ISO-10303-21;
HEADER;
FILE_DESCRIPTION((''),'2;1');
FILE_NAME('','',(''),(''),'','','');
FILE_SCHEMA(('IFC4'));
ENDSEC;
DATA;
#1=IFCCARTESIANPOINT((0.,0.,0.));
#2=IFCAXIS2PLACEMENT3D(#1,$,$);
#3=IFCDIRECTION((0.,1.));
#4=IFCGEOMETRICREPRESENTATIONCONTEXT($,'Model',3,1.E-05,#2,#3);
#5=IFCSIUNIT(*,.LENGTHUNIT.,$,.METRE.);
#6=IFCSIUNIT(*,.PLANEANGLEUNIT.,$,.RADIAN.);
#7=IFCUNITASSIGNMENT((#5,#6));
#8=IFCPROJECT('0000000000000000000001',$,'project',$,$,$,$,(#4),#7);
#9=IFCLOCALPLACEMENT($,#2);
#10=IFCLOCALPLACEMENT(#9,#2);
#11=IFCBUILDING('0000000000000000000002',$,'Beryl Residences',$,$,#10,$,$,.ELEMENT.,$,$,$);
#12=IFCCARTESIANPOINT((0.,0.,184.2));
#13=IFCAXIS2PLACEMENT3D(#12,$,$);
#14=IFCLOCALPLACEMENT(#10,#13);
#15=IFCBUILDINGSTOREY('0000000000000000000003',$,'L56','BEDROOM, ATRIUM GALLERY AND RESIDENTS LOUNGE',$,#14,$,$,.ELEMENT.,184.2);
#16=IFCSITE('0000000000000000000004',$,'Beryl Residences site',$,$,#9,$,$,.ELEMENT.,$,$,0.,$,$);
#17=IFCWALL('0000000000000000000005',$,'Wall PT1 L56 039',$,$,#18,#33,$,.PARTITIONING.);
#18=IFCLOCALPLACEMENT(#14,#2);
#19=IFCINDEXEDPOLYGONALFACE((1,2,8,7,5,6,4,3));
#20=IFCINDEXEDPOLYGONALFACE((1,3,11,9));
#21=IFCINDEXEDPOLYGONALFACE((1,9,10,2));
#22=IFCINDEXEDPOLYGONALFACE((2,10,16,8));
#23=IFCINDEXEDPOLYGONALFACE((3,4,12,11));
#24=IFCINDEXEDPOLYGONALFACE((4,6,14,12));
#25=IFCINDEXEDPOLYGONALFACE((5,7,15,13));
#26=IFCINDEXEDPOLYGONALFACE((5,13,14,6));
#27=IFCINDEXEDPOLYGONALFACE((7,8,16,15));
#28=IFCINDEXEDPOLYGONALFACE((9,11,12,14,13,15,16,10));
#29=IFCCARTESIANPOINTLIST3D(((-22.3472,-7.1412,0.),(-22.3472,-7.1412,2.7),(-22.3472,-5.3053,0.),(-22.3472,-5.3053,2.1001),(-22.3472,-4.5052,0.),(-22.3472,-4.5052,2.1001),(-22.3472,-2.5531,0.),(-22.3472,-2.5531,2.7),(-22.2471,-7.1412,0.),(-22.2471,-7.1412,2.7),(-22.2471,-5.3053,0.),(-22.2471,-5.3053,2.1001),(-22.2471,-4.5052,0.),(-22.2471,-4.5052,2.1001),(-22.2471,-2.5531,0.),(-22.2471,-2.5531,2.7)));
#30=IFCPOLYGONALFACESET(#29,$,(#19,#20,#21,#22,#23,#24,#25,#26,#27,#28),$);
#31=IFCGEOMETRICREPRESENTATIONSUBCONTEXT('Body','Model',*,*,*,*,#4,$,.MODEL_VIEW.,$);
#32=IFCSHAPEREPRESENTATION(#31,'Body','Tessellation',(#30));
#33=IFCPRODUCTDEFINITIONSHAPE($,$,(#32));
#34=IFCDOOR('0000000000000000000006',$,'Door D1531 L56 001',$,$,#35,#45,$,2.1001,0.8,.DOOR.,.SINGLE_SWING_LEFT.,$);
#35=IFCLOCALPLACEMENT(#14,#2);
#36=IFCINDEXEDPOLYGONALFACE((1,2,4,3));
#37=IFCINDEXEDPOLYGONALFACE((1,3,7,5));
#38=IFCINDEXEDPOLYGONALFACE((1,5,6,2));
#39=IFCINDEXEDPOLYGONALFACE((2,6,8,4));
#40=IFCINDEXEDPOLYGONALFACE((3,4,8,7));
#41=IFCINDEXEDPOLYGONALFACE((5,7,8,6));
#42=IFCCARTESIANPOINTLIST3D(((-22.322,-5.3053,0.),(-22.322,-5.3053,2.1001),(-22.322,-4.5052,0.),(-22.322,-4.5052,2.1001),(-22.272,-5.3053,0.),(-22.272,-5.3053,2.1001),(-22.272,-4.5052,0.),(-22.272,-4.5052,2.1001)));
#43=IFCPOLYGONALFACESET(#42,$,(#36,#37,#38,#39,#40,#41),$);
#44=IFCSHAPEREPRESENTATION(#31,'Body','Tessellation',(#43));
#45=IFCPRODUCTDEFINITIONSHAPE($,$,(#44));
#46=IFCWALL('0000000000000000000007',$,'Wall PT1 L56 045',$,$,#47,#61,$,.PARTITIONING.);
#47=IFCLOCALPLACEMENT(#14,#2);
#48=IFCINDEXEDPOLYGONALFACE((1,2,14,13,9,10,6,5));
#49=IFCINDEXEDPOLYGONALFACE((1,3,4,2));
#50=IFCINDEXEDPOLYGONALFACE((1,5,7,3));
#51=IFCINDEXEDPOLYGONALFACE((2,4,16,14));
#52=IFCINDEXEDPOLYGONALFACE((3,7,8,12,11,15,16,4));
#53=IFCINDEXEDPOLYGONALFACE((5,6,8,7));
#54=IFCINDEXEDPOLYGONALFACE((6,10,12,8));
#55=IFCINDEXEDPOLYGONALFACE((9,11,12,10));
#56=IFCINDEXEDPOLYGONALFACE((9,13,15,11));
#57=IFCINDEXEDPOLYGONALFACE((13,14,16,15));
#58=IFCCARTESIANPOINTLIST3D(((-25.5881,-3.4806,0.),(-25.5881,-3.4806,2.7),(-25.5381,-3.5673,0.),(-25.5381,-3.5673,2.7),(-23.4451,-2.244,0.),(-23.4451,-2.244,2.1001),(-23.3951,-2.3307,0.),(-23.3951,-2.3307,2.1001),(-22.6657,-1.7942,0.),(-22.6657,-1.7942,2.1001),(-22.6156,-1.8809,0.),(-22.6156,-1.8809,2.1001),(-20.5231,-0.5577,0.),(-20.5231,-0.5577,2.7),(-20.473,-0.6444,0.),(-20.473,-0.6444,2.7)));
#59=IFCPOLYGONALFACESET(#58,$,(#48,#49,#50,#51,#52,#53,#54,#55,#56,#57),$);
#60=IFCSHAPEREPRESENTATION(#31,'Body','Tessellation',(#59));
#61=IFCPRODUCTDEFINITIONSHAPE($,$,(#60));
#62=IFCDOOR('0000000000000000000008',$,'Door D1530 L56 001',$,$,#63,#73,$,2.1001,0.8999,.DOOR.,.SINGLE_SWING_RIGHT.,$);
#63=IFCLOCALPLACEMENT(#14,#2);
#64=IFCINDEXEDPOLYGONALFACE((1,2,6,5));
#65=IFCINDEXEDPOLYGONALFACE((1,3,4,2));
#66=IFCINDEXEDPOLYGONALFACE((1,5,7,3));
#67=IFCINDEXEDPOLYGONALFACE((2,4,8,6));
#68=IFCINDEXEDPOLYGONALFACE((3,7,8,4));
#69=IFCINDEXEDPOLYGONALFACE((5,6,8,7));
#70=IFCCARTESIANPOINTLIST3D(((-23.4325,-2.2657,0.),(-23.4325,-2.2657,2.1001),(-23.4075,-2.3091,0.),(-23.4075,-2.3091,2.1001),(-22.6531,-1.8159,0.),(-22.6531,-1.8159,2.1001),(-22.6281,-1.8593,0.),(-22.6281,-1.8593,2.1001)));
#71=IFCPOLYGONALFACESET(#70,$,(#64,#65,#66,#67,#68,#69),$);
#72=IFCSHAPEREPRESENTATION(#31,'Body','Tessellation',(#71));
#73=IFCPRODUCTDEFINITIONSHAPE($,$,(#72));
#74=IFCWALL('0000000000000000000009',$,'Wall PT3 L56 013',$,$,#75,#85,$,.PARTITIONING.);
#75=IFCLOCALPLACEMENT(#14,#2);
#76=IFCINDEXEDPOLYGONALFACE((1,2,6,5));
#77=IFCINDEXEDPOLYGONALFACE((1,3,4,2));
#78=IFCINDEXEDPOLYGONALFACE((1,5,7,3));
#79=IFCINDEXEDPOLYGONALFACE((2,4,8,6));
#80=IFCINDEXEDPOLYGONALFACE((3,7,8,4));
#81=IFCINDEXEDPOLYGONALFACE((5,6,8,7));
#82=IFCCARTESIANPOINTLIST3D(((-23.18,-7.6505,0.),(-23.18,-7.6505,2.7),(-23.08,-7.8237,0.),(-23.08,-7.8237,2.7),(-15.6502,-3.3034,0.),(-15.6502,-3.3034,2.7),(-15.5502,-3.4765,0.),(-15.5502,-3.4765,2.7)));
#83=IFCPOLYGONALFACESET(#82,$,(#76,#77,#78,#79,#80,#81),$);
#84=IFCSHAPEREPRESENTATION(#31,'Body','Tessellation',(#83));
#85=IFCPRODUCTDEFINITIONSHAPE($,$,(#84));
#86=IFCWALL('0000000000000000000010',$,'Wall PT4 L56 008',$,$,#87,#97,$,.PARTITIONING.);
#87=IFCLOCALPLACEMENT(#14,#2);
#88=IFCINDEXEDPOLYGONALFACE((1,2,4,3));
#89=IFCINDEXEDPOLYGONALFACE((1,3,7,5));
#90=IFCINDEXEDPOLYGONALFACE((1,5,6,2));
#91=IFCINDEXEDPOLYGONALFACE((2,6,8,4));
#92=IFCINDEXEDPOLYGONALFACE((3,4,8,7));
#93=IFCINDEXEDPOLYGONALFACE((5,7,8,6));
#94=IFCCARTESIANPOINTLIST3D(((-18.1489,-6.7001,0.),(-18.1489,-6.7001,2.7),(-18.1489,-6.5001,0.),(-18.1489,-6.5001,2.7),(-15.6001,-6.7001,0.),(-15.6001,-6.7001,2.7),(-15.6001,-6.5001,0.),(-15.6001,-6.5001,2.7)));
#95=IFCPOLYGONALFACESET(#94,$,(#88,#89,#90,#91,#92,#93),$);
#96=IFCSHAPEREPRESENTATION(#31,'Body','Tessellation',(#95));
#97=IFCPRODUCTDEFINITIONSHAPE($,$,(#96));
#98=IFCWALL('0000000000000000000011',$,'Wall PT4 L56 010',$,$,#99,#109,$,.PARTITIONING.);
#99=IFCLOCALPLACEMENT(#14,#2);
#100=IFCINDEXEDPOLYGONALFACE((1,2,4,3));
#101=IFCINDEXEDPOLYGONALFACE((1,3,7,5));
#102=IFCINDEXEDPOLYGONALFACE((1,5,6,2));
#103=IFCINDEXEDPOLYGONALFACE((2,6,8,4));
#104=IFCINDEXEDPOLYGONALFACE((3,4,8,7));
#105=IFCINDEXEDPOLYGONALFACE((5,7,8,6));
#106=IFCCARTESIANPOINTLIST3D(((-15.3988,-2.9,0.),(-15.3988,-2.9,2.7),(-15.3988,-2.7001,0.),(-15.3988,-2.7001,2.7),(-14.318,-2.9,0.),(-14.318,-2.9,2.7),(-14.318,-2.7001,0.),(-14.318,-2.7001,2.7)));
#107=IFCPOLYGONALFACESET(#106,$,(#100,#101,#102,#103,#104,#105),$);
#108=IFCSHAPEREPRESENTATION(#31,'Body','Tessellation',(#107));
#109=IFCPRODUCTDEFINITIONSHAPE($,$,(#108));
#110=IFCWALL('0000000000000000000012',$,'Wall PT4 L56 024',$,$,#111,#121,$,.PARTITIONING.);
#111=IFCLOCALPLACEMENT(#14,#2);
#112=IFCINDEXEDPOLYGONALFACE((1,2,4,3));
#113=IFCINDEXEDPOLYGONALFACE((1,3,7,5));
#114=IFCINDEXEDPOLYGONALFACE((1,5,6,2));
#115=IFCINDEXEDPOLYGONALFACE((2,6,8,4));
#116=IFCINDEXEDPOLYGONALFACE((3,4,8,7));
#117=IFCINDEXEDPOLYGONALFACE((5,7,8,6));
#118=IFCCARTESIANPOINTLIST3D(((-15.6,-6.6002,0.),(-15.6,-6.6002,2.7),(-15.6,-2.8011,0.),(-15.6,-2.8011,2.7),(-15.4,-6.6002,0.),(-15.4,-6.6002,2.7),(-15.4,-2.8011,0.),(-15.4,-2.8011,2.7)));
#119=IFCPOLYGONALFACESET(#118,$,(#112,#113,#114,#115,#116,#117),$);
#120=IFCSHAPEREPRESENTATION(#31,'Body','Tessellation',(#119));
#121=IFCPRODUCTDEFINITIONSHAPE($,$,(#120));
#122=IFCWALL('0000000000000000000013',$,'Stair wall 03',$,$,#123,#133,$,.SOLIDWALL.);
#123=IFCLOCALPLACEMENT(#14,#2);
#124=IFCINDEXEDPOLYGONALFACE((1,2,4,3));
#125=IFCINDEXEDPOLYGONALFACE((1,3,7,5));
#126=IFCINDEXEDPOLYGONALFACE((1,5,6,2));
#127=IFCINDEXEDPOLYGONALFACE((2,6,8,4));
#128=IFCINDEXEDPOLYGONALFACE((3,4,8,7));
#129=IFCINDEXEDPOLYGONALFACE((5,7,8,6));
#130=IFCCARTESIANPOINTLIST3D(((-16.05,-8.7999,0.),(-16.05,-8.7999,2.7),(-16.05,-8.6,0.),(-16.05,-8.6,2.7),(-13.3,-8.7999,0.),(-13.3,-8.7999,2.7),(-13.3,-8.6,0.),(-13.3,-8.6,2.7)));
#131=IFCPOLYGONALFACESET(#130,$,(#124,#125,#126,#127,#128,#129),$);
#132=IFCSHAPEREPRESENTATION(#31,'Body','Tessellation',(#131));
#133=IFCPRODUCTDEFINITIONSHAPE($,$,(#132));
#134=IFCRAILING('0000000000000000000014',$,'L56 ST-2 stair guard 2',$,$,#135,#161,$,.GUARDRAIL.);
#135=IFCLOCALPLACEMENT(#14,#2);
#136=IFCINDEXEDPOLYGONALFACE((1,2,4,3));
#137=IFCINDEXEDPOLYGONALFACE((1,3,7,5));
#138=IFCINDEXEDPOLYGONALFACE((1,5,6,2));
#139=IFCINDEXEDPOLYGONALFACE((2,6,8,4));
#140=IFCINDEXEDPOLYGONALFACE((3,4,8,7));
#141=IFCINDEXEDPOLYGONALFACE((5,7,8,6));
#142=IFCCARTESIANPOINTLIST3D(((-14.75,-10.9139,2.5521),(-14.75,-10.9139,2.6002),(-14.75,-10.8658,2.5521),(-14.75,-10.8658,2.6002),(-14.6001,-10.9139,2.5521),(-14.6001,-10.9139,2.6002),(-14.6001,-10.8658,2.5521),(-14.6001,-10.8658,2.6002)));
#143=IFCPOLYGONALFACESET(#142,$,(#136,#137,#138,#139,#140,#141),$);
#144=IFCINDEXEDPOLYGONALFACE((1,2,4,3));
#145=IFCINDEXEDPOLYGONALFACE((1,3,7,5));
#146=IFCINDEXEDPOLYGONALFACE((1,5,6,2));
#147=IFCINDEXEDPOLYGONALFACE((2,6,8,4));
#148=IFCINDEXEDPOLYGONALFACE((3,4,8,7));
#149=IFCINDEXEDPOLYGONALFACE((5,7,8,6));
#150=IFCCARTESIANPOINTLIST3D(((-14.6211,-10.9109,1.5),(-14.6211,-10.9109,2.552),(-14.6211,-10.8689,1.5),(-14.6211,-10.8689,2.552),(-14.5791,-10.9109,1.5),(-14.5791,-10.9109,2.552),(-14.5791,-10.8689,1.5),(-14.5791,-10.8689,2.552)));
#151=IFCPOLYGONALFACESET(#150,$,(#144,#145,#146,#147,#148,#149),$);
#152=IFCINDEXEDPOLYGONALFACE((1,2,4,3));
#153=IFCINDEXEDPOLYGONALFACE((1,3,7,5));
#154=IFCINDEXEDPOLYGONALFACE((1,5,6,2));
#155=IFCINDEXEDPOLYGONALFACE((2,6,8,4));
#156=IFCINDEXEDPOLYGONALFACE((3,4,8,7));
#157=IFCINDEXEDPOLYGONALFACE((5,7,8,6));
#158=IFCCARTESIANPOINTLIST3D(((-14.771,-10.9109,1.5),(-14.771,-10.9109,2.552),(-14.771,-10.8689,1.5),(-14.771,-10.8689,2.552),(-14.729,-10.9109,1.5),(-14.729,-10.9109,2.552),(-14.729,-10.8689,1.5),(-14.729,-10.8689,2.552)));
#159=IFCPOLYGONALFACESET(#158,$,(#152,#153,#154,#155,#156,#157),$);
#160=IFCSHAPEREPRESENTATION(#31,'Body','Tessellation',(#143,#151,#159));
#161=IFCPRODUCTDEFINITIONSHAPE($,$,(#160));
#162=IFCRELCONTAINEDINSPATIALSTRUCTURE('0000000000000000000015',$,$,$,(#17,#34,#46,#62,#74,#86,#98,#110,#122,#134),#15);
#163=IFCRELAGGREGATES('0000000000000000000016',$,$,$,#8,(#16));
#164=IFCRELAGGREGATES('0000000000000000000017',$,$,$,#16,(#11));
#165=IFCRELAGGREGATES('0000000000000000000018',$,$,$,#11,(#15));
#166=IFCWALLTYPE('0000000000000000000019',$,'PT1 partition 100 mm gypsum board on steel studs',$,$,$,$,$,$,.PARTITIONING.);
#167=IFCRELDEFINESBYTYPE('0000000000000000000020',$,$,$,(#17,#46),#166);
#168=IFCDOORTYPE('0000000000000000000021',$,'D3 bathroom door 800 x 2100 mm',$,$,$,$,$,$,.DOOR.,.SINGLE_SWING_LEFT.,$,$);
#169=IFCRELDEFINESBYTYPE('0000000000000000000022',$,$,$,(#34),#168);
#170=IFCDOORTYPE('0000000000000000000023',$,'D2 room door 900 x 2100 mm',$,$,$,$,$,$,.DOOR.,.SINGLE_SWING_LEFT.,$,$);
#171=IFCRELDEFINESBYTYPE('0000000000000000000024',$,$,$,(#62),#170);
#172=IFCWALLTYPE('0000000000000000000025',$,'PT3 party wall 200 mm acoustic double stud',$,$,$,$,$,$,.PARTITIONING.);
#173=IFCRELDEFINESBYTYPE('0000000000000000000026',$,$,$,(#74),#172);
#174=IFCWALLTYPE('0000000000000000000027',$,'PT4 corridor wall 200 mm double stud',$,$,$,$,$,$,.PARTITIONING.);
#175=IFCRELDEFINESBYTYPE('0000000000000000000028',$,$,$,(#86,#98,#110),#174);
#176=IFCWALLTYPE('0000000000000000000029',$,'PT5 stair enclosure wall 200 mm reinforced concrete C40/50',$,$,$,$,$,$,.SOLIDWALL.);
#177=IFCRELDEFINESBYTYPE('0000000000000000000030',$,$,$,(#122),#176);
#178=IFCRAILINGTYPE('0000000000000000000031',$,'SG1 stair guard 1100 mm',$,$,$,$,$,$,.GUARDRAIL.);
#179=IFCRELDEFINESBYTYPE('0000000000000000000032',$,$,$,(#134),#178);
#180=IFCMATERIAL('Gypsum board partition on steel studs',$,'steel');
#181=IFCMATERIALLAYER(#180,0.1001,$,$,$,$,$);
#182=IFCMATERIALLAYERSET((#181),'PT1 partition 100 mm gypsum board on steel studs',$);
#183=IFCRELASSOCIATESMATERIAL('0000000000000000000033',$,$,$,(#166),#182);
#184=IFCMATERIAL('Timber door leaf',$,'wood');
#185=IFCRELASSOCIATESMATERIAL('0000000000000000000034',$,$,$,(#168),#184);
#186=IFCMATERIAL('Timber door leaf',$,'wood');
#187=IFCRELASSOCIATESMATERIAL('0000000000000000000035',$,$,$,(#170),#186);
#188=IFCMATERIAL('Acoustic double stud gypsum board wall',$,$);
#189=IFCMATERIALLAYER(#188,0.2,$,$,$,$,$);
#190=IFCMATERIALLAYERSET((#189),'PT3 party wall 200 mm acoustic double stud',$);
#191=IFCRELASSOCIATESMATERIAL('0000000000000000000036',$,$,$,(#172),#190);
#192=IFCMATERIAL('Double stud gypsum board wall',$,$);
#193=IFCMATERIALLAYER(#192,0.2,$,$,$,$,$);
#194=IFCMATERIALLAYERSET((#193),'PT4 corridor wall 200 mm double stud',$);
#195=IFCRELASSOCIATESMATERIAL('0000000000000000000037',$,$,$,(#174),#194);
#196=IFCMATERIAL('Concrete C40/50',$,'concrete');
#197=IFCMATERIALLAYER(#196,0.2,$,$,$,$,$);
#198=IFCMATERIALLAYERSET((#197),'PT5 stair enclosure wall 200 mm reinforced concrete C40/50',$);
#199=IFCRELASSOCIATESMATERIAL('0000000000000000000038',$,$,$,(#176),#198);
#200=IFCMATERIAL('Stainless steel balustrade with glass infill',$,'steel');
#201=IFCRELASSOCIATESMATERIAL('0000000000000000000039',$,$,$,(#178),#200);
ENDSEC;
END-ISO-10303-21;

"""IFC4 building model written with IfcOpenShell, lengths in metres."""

from ifc_helpers import new_model, si_unit, direction, frame, frame_2d, origin, origin_2d, place, context, subcontext, project, spatial, rectangle, extrude, material, layer, layer_set, type_object, element, fill, save


model = new_model("IFC4")

# Units and contexts
model_context = context("Model", 3, precision=1e-05, world=origin(), true_north=direction((0.0, 1.0)))
body_context = subcontext(model_context, "Body", "Model", "MODEL_VIEW")
ifc_project = project(units=[si_unit("LENGTHUNIT", "METRE"), si_unit("PLANEANGLEUNIT", "RADIAN")], contexts=[model_context])

# Site, building, storey
site_placement = place(None, origin())
site = spatial("IfcSite", under=ifc_project, at=site_placement, Name="Beryl Residences site", CompositionType="ELEMENT", RefElevation=0.0)
building_placement = place(site_placement, origin())
building = spatial("IfcBuilding", under=site, at=building_placement, Name="Beryl Residences", CompositionType="ELEMENT")
storey_placement = place(building_placement, frame((0.0, 0.0, 184.2)))
storey = spatial("IfcBuildingStorey", under=building, at=storey_placement, Name="L56", Description="BEDROOM, ATRIUM GALLERY AND RESIDENTS LOUNGE", CompositionType="ELEMENT", Elevation=184.2)

# Walls, openings, doors
ifc_material_1 = material(Name="Gypsum board partition on steel studs", Category="steel")
ifc_layer_1 = layer(ifc_material_1, 0.1001)
ifc_layer_set_1 = layer_set([ifc_layer_1], Name="PT1 partition 100 mm gypsum board on steel studs")
wall_type_1 = type_object("IfcWallType", Name="PT1 partition 100 mm gypsum board on steel studs", PredefinedType="PARTITIONING", material=ifc_layer_set_1)
wall_1_placement = place(storey_placement, frame((-22.2971, -7.1411, 0.0), z_axis=(0.0, 0.0, 1.0), x_axis=(0.0, 1.0, 0.0)))
wall_1 = element("IfcWall", 1, at=wall_1_placement, inside=storey, type_object=wall_type_1, Name="Wall PT1 L56 039", PredefinedType="PARTITIONING", context=body_context, shape_type="SweptSolid", body=[
    extrude(rectangle(XDim=4.5881, YDim=0.1001, at=frame_2d((2.2939, 0.0))), origin(), (0.0, 0.0, 1.0), 2.7),
])
opening_1_placement = place(wall_1_placement, frame((1.8359, 0.0, 0.0)))
opening_1 = element("IfcOpeningElement", 2, at=opening_1_placement, cuts=wall_1, PredefinedType="OPENING", context=body_context, shape_type="SweptSolid", body=[
    extrude(rectangle(XDim=0.8, YDim=2.1001, at=frame_2d((0.3999, 1.05))), frame((0.0, 0.0601, 0.0), z_axis=(0.0, -1.0, 0.0), x_axis=(1.0, 0.0, 0.0)), (0.0, 0.0, 1.0), 0.1201),
])
ifc_material_2 = material(Name="Timber door leaf", Category="wood")
door_type_1 = type_object("IfcDoorType", Name="D3 bathroom door 800 x 2100 mm", OperationType="SINGLE_SWING_LEFT", PredefinedType="DOOR", material=ifc_material_2)
door_1_placement = place(opening_1_placement, origin())
door_1 = element("IfcDoor", 3, at=door_1_placement, inside=storey, type_object=door_type_1, Name="Door D1531 L56 001", OperationType="SINGLE_SWING_LEFT", OverallHeight=2.1001, OverallWidth=0.8, PredefinedType="DOOR", context=body_context, shape_type="SweptSolid", body=[
    extrude(rectangle(XDim=0.8, YDim=2.1001, at=frame_2d((0.3999, 1.05))), frame((0.0, 0.0249, 0.0), z_axis=(0.0, -1.0, 0.0), x_axis=(1.0, 0.0, 0.0)), (0.0, 0.0, 1.0), 0.05),
])
fill(opening_1, door_1)
wall_2_placement = place(storey_placement, frame((-25.563, -3.5239, 0.0), z_axis=(0.0, 0.0, 1.0), x_axis=(0.866129, 0.499821, 0.0)))
wall_2 = element("IfcWall", 4, at=wall_2_placement, inside=storey, type_object=wall_type_1, Name="Wall PT1 L56 045", PredefinedType="PARTITIONING", context=body_context, shape_type="SweptSolid", body=[
    extrude(rectangle(XDim=5.8479, YDim=0.1001, at=frame_2d((2.9238, 0.0))), origin(), (0.0, 0.0, 1.0), 2.7),
])
opening_2_placement = place(wall_2_placement, frame((2.4741, 0.0, 0.0)))
opening_2 = element("IfcOpeningElement", 5, at=opening_2_placement, cuts=wall_2, PredefinedType="OPENING", context=body_context, shape_type="SweptSolid", body=[
    extrude(rectangle(XDim=0.8999, YDim=2.1001, at=frame_2d((0.45, 1.05))), frame((0.0, 0.0601, 0.0), z_axis=(0.0, -1.0, 0.0), x_axis=(1.0, 0.0, 0.0)), (0.0, 0.0, 1.0), 0.1201),
])
ifc_material_3 = material(Name="Timber door leaf", Category="wood")
door_type_2 = type_object("IfcDoorType", Name="D2 room door 900 x 2100 mm", OperationType="SINGLE_SWING_LEFT", PredefinedType="DOOR", material=ifc_material_3)
door_2_placement = place(opening_2_placement, origin())
door_2 = element("IfcDoor", 6, at=door_2_placement, inside=storey, type_object=door_type_2, Name="Door D1530 L56 001", OperationType="SINGLE_SWING_RIGHT", OverallHeight=2.1001, OverallWidth=0.8999, PredefinedType="DOOR", context=body_context, shape_type="SweptSolid", body=[
    extrude(rectangle(XDim=0.8999, YDim=2.1001, at=frame_2d((0.45, 1.05))), frame((0.0, 0.0249, 0.0), z_axis=(0.0, -1.0, 0.0), x_axis=(1.0, 0.0, 0.0)), (0.0, 0.0, 1.0), 0.05),
])
fill(opening_2, door_2)

# Walls
ifc_material_4 = material(Name="Acoustic double stud gypsum board wall")
ifc_layer_2 = layer(ifc_material_4, 0.2)
ifc_layer_set_2 = layer_set([ifc_layer_2], Name="PT3 party wall 200 mm acoustic double stud")
wall_type_2 = type_object("IfcWallType", Name="PT3 party wall 200 mm acoustic double stud", PredefinedType="PARTITIONING", material=ifc_layer_set_2)
wall_3_placement = place(storey_placement, frame((-23.1299, -7.7371, 0.0), z_axis=(0.0, 0.0, 1.0), x_axis=(0.866033, 0.499987, 0.0)))
element("IfcWall", 7, at=wall_3_placement, inside=storey, type_object=wall_type_2, Name="Wall PT3 L56 013", PredefinedType="PARTITIONING", context=body_context, shape_type="SweptSolid", body=[
    extrude(rectangle(XDim=8.6946, YDim=0.2, at=frame_2d((4.3472, 0.0))), origin(), (0.0, 0.0, 1.0), 2.7),
])
ifc_material_5 = material(Name="Double stud gypsum board wall")
ifc_layer_3 = layer(ifc_material_5, 0.2)
ifc_layer_set_3 = layer_set([ifc_layer_3], Name="PT4 corridor wall 200 mm double stud")
wall_type_3 = type_object("IfcWallType", Name="PT4 corridor wall 200 mm double stud", PredefinedType="PARTITIONING", material=ifc_layer_set_3)
wall_4_placement = place(storey_placement, frame((-18.1489, -6.6001, 0.0), z_axis=(0.0, 0.0, 1.0), x_axis=(1.0, 0.0, 0.0)))
element("IfcWall", 8, at=wall_4_placement, inside=storey, type_object=wall_type_3, Name="Wall PT4 L56 008", PredefinedType="PARTITIONING", context=body_context, shape_type="SweptSolid", body=[
    extrude(rectangle(XDim=2.5488, YDim=0.2, at=frame_2d((1.2744, 0.0))), origin(), (0.0, 0.0, 1.0), 2.7),
])
wall_5_placement = place(storey_placement, frame((-15.3989, -2.8, 0.0), z_axis=(0.0, 0.0, 1.0), x_axis=(1.0, 0.0, 0.0)))
element("IfcWall", 9, at=wall_5_placement, inside=storey, type_object=wall_type_3, Name="Wall PT4 L56 010", PredefinedType="PARTITIONING", context=body_context, shape_type="SweptSolid", body=[
    extrude(rectangle(XDim=1.0808, YDim=0.2, at=frame_2d((0.5405, 0.0))), origin(), (0.0, 0.0, 1.0), 2.7),
])
wall_6_placement = place(storey_placement, frame((-15.5, -6.6001, 0.0), z_axis=(0.0, 0.0, 1.0), x_axis=(0.0, 1.0, 0.0)))
element("IfcWall", 10, at=wall_6_placement, inside=storey, type_object=wall_type_3, Name="Wall PT4 L56 024", PredefinedType="PARTITIONING", context=body_context, shape_type="SweptSolid", body=[
    extrude(rectangle(XDim=3.7991, YDim=0.2, at=frame_2d((1.8994, 0.0))), origin(), (0.0, 0.0, 1.0), 2.7),
])
ifc_material_6 = material(Name="Concrete C40/50", Category="concrete")
ifc_layer_4 = layer(ifc_material_6, 0.2)
ifc_layer_set_4 = layer_set([ifc_layer_4], Name="PT5 stair enclosure wall 200 mm reinforced concrete C40/50")
wall_type_4 = type_object("IfcWallType", Name="PT5 stair enclosure wall 200 mm reinforced concrete C40/50", PredefinedType="SOLIDWALL", material=ifc_layer_set_4)
wall_7_placement = place(storey_placement, frame((-16.05, -8.7, 0.0), z_axis=(0.0, 0.0, 1.0), x_axis=(1.0, 0.0, 0.0)))
element("IfcWall", 11, at=wall_7_placement, inside=storey, type_object=wall_type_4, Name="Stair wall 03", PredefinedType="SOLIDWALL", context=body_context, shape_type="SweptSolid", body=[
    extrude(rectangle(XDim=2.75, YDim=0.2, at=frame_2d((1.375, 0.0))), origin(), (0.0, 0.0, 1.0), 2.7),
])

# Railing
ifc_material_7 = material(Name="Stainless steel balustrade with glass infill", Category="steel")
railing_type_1 = type_object("IfcRailingType", Name="SG1 stair guard 1100 mm", PredefinedType="GUARDRAIL", material=ifc_material_7)
railing_1_placement = place(storey_placement, frame((-14.6001, -10.8899, 1.5)))
element("IfcRailing", 12, at=railing_1_placement, inside=storey, type_object=railing_type_1, Name="L56 ST-2 stair guard 2", PredefinedType="GUARDRAIL", context=body_context, shape_type="SweptSolid", body=[
    extrude(rectangle(XDim=0.0481, YDim=0.0481, at=origin_2d()), frame((0.0, 0.0, 1.0762), z_axis=(-1.0, 0.0, 0.0), x_axis=(0.0, -1.0, 0.0)), (0.0, 0.0, 1.0), 0.1499),
    extrude(rectangle(XDim=0.042, YDim=0.042, at=origin_2d()), origin(), (0.0, 0.0, 1.0), 1.052),
    extrude(rectangle(XDim=0.042, YDim=0.042, at=origin_2d()), frame((-0.1499, 0.0, 0.0)), (0.0, 0.0, 1.0), 1.052),
])

save(model, "model.ifc")
